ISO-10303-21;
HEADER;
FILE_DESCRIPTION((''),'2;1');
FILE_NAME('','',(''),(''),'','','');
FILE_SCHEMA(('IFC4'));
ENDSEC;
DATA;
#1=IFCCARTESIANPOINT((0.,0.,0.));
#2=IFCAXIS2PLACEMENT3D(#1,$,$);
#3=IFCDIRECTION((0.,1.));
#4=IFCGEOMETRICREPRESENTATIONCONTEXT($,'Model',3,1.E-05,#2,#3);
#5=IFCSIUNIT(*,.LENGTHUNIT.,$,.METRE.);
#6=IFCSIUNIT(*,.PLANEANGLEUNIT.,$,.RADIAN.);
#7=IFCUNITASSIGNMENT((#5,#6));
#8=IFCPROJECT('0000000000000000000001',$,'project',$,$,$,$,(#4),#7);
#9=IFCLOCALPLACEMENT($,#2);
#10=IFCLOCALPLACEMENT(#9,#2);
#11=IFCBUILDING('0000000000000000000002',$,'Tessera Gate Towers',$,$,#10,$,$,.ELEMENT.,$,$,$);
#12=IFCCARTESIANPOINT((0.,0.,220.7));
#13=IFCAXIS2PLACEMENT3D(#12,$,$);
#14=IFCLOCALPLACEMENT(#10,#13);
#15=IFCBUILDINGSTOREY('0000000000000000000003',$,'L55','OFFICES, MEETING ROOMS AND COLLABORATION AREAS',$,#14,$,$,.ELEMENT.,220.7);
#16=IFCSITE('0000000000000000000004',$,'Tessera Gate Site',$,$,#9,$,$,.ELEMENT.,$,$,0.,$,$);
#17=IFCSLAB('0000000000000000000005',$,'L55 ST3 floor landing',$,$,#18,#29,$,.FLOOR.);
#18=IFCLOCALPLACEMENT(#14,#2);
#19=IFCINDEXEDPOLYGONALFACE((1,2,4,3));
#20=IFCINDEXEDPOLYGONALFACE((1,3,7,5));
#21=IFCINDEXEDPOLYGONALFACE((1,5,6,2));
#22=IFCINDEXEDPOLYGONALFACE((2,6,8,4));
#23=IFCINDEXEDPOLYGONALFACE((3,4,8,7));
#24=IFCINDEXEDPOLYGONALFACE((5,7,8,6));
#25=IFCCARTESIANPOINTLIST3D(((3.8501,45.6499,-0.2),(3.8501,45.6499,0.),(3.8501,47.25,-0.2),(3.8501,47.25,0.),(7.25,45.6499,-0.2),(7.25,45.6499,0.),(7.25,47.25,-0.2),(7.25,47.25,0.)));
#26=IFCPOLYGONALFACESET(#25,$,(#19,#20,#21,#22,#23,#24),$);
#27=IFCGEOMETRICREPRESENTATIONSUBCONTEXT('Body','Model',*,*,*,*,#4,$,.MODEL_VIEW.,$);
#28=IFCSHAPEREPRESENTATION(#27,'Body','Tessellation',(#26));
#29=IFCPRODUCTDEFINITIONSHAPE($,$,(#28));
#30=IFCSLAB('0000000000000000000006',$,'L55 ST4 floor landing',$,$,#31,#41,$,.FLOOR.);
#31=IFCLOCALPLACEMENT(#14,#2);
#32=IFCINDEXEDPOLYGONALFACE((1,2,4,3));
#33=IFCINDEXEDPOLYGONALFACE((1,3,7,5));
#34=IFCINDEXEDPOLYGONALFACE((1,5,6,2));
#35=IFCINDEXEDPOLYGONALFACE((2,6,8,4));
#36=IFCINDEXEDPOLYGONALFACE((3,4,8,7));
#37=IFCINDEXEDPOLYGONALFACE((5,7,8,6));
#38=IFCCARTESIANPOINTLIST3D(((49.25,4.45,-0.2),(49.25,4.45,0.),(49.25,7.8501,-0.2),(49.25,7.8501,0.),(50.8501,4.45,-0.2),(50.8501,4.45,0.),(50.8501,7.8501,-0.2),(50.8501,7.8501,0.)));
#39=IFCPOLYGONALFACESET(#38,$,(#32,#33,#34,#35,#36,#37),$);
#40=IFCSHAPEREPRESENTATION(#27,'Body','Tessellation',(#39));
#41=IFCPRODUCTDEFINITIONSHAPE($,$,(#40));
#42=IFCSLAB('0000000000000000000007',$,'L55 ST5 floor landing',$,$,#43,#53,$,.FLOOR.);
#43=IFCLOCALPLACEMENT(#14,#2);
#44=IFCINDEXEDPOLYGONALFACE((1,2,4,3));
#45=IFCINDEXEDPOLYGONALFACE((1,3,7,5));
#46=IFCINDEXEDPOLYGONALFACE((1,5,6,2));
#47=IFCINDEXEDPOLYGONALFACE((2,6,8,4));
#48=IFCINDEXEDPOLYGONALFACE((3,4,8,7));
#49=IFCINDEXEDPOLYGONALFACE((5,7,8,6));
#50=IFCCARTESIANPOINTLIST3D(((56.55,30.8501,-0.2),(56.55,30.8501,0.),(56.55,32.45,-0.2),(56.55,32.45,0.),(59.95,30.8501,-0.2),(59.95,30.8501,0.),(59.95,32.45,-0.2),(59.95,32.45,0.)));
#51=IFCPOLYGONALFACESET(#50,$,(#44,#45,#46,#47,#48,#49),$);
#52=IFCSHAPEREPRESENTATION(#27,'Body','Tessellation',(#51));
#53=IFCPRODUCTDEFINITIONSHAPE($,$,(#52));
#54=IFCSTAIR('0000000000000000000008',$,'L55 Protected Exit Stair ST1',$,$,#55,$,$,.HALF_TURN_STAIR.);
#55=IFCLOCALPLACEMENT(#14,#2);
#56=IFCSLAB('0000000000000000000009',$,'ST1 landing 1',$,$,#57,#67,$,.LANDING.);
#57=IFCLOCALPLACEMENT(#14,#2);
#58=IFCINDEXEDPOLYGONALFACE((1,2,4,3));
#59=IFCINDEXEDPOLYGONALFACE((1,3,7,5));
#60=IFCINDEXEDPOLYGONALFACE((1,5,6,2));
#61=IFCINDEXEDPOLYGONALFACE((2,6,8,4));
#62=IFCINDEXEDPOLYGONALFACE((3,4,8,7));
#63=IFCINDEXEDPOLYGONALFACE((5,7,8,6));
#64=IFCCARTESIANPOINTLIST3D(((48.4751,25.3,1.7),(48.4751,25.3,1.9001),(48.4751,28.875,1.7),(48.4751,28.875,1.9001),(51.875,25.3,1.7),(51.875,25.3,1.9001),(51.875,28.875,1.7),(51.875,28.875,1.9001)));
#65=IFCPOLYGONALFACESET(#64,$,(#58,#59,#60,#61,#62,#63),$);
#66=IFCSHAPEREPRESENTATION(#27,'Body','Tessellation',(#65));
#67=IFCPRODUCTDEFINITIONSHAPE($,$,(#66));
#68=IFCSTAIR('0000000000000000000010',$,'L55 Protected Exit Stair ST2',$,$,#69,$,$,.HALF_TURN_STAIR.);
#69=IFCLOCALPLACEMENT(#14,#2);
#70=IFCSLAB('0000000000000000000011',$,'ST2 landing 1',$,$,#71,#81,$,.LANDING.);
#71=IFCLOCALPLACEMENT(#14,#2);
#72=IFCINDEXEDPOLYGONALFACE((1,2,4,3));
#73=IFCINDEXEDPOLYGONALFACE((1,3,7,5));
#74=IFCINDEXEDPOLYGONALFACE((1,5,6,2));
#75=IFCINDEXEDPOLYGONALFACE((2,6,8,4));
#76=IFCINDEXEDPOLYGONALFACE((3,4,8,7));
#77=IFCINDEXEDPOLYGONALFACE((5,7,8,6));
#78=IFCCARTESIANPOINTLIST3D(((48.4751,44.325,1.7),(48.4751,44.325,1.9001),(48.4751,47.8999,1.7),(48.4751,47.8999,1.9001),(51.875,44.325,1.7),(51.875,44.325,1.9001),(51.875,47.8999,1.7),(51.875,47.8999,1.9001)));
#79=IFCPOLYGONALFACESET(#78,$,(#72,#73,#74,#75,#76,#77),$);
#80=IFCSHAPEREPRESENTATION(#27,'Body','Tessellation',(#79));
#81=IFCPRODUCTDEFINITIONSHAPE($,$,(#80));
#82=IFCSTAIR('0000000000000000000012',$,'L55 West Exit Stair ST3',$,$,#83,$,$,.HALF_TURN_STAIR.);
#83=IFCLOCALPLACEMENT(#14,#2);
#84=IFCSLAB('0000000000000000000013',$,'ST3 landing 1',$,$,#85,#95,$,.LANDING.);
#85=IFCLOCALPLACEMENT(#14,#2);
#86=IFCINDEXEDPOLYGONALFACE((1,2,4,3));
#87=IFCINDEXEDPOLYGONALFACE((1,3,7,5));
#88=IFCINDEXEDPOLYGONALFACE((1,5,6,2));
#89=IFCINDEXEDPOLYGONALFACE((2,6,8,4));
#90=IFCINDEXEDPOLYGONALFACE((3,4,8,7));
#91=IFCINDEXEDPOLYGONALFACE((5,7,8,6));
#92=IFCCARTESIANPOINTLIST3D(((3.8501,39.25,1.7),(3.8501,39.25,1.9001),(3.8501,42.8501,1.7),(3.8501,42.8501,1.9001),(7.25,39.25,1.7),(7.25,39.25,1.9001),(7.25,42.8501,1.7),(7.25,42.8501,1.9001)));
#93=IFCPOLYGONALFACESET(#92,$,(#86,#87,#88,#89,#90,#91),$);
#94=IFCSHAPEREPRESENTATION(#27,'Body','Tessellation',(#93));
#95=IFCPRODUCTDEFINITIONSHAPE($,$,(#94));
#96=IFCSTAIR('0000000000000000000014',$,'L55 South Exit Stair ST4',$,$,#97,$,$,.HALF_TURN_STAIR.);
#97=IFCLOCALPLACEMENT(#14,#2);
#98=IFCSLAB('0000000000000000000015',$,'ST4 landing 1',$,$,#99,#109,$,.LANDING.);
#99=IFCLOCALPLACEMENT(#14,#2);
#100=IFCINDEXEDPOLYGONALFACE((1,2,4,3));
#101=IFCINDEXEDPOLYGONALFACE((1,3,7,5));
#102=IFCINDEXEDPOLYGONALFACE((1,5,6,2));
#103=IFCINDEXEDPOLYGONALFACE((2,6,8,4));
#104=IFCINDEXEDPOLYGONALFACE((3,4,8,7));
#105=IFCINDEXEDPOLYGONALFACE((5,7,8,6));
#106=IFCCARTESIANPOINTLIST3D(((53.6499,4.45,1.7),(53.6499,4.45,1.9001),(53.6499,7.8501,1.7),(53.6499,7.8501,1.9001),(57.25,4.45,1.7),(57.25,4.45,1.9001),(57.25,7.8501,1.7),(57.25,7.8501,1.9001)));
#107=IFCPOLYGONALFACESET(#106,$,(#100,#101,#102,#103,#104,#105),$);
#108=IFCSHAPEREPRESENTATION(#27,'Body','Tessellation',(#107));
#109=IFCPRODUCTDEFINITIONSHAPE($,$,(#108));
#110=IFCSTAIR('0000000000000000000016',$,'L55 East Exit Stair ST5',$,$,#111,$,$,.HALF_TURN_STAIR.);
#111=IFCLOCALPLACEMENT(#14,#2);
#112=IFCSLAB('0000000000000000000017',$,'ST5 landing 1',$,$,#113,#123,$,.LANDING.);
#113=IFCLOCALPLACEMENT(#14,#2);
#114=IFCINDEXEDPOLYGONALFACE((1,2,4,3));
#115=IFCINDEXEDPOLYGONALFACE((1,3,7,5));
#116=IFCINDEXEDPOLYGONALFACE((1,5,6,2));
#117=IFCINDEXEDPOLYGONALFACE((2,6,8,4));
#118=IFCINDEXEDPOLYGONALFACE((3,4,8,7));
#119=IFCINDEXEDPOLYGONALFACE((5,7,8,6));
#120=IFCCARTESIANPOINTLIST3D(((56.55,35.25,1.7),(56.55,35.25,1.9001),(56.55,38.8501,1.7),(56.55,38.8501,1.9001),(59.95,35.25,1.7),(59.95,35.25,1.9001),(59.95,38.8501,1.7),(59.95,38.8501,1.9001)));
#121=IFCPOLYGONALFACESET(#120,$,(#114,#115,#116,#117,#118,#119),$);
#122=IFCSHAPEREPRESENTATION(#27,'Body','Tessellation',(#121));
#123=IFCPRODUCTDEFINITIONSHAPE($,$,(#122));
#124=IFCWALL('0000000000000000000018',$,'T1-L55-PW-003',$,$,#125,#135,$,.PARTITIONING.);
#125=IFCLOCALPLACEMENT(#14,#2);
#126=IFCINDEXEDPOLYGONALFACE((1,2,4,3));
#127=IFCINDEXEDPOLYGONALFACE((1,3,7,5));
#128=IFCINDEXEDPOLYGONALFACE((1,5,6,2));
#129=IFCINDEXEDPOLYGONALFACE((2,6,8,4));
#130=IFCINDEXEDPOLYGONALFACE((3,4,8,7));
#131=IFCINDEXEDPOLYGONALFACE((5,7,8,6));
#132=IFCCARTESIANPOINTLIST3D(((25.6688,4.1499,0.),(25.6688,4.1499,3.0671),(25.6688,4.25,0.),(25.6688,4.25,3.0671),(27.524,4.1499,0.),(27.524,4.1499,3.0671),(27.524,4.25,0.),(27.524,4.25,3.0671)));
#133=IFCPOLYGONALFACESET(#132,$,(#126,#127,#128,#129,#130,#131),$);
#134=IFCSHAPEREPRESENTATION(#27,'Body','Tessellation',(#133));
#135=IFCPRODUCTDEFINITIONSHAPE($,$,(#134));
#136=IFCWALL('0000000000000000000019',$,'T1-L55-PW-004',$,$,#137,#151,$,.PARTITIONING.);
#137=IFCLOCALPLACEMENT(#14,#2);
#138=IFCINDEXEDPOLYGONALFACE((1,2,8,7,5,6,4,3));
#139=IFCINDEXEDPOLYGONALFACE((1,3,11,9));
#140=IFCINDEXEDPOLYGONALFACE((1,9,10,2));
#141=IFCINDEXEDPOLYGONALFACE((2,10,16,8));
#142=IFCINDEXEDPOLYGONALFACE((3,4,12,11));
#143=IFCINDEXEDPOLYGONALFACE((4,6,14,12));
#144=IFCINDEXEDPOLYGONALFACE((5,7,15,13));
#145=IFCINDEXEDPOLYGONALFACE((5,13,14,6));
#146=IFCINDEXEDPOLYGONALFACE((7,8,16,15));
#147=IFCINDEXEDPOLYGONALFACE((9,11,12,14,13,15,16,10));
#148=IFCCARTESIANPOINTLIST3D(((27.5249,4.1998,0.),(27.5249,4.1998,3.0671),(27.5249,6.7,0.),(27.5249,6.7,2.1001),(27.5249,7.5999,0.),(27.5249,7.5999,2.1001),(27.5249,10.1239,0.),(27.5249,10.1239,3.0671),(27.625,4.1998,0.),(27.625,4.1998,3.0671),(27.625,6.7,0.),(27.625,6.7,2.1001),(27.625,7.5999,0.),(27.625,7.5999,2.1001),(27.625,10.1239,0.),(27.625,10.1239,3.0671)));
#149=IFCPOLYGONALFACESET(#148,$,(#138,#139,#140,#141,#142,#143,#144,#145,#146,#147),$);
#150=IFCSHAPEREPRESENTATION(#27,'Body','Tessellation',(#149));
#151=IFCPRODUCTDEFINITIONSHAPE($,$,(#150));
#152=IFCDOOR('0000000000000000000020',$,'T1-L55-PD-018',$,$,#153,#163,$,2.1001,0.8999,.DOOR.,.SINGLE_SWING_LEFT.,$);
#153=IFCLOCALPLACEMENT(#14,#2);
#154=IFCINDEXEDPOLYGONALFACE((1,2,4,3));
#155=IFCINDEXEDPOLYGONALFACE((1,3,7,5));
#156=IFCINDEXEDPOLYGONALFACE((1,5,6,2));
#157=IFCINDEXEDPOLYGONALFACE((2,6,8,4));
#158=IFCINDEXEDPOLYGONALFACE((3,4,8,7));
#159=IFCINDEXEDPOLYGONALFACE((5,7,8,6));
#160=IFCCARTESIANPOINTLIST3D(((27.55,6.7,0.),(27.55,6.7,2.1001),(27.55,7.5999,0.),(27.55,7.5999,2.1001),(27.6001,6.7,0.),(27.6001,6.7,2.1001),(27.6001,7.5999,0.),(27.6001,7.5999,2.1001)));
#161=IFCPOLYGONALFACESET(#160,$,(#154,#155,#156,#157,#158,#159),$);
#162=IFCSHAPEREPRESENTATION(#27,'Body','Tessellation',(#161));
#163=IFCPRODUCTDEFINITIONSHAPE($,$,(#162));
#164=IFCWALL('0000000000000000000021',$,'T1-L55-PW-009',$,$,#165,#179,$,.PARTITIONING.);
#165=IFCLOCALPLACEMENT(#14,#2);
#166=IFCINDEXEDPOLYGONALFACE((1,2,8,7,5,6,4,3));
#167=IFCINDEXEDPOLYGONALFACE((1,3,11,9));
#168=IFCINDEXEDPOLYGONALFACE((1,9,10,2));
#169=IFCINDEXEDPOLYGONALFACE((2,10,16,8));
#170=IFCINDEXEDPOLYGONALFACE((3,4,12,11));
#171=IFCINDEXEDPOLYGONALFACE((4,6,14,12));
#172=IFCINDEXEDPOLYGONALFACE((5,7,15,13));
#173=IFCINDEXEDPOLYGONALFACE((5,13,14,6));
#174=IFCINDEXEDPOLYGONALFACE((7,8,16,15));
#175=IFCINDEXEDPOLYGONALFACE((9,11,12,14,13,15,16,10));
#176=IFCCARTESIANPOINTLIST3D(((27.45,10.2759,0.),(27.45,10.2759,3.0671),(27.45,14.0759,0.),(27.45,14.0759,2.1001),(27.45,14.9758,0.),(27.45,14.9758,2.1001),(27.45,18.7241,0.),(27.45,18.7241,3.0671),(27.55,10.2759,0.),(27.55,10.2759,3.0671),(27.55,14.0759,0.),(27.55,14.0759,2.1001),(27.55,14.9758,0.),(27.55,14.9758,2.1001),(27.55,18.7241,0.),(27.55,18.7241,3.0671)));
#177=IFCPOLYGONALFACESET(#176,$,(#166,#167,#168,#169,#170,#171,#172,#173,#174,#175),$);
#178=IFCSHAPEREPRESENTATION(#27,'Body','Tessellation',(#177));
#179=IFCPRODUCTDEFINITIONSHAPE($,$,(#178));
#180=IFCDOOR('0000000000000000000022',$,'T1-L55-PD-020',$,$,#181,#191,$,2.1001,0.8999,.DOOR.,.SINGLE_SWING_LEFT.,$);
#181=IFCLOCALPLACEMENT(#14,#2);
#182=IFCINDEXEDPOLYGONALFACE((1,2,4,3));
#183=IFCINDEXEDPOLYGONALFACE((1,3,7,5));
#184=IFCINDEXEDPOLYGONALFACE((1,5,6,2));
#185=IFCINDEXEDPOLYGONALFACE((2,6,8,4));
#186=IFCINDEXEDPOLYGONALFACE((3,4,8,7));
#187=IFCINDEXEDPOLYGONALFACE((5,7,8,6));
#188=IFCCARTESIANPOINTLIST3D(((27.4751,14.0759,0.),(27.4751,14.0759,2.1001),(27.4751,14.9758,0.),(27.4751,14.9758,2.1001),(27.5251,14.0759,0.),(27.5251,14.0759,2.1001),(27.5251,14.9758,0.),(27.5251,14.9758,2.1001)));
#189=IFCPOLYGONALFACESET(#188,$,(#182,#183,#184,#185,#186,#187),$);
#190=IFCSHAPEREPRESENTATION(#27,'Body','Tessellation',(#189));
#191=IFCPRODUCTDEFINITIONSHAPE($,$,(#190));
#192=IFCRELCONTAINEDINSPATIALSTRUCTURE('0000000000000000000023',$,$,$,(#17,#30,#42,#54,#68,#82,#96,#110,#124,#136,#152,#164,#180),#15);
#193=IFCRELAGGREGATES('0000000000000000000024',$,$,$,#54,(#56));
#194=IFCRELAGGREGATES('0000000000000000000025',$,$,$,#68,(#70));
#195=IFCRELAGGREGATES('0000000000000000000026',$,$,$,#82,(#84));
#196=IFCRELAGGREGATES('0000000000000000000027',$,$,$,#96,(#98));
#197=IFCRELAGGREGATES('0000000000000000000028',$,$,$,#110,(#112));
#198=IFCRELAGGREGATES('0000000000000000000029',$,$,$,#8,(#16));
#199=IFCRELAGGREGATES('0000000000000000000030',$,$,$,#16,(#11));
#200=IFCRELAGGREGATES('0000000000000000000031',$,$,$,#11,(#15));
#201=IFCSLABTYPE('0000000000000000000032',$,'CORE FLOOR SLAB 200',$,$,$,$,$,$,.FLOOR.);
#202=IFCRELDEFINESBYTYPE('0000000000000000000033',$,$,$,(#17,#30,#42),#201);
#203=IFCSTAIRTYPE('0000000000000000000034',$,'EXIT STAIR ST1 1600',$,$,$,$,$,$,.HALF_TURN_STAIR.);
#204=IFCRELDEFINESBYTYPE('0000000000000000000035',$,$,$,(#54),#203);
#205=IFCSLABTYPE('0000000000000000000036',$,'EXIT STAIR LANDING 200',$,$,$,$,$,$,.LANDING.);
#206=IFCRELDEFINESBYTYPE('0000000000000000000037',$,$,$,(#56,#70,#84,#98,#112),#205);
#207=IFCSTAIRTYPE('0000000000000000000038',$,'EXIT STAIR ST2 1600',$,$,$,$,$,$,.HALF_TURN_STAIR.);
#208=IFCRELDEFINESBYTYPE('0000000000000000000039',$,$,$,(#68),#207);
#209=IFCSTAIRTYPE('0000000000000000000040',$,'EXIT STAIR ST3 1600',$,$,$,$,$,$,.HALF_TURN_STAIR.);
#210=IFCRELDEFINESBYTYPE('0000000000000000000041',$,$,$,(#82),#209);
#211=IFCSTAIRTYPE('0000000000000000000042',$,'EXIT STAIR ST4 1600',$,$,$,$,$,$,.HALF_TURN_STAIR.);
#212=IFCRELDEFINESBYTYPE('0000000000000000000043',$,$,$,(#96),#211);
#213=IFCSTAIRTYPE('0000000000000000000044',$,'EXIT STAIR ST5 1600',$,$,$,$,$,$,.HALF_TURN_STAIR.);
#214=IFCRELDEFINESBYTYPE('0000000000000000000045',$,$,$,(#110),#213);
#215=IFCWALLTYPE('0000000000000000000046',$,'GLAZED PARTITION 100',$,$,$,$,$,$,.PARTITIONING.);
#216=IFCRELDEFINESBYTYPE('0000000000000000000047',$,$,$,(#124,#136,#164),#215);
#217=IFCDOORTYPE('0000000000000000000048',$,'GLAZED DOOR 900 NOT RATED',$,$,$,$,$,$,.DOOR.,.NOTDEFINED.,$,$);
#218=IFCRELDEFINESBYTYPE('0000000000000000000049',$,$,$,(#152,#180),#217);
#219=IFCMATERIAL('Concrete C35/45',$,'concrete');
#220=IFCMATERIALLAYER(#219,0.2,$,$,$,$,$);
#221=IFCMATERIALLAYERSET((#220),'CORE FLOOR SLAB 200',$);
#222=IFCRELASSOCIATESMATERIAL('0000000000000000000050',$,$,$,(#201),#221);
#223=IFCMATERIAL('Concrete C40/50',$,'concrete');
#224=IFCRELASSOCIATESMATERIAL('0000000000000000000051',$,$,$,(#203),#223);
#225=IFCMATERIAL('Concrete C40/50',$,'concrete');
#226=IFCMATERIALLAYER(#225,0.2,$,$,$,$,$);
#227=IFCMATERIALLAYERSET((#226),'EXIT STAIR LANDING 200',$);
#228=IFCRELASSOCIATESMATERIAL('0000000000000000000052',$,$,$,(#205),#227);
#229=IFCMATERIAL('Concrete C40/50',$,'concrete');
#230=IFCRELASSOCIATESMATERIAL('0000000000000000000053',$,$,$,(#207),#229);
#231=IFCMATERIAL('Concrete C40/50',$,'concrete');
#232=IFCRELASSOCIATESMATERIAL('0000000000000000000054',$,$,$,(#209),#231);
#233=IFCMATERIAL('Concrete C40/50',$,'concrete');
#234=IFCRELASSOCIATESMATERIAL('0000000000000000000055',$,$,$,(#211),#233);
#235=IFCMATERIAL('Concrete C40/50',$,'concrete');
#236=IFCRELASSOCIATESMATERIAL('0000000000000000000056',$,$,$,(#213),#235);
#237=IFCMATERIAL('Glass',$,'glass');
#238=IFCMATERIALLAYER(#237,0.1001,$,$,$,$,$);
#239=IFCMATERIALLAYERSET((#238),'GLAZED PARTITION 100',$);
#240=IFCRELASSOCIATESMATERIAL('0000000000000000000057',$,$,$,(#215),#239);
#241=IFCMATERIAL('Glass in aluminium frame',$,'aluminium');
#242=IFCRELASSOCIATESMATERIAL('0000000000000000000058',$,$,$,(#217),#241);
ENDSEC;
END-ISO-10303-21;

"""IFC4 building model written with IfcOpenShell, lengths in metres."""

from ifc_helpers import new_model, si_unit, direction, frame, frame_2d, origin, place, context, subcontext, project, spatial, polyline, rectangle, outline, extrude, source, transform, mapped, material, layer, layer_set, type_object, element, fill, aggregate, save


model = new_model("IFC4")

# Units and contexts
model_context = context("Model", 3, precision=1e-05, world=origin(), true_north=direction((0.0, 1.0)))
body_context = subcontext(model_context, "Body", "Model", "MODEL_VIEW")
ifc_project = project(units=[si_unit("LENGTHUNIT", "METRE"), si_unit("PLANEANGLEUNIT", "RADIAN")], contexts=[model_context])

# Site, building, storey
site_placement = place(None, origin())
site = spatial("IfcSite", under=ifc_project, at=site_placement, Name="Tessera Gate Site", CompositionType="ELEMENT", RefElevation=0.0)
building_placement = place(site_placement, origin())
building = spatial("IfcBuilding", under=site, at=building_placement, Name="Tessera Gate Towers", CompositionType="ELEMENT")
storey_placement = place(building_placement, frame((0.0, 0.0, 220.7)))
storey = spatial("IfcBuildingStorey", under=building, at=storey_placement, Name="L55", Description="OFFICES, MEETING ROOMS AND COLLABORATION AREAS", CompositionType="ELEMENT", Elevation=220.7)

# Slabs
ifc_material_1 = material(Name="Concrete C35/45", Category="concrete")
ifc_layer_1 = layer(ifc_material_1, 0.2)
ifc_layer_set_1 = layer_set([ifc_layer_1], Name="CORE FLOOR SLAB 200")
slab_type_1 = type_object("IfcSlabType", Name="CORE FLOOR SLAB 200", PredefinedType="FLOOR", material=ifc_layer_set_1)
slab_1_placement = place(storey_placement, frame((0.0, 0.0, -0.2)))
element("IfcSlab", 1, at=slab_1_placement, inside=storey, type_object=slab_type_1, Name="L55 ST3 floor landing", PredefinedType="FLOOR", context=body_context, shape_type="SweptSolid", body=[
    extrude(outline(polyline([(3.8501, 47.25), (3.8501, 45.6499), (7.25, 45.6499), (7.25, 47.25), (3.8501, 47.25)])), origin(), (0.0, 0.0, 1.0), 0.2),
])
slab_2_placement = place(storey_placement, frame((0.0, 0.0, -0.2)))
element("IfcSlab", 2, at=slab_2_placement, inside=storey, type_object=slab_type_1, Name="L55 ST4 floor landing", PredefinedType="FLOOR", context=body_context, shape_type="SweptSolid", body=[
    extrude(outline(polyline([(49.25, 4.45), (50.8501, 4.45), (50.8501, 7.8501), (49.25, 7.8501), (49.25, 4.45)])), origin(), (0.0, 0.0, 1.0), 0.2),
])
slab_3_placement = place(storey_placement, frame((0.0, 0.0, -0.2)))
element("IfcSlab", 3, at=slab_3_placement, inside=storey, type_object=slab_type_1, Name="L55 ST5 floor landing", PredefinedType="FLOOR", context=body_context, shape_type="SweptSolid", body=[
    extrude(outline(polyline([(59.95, 30.8501), (59.95, 32.45), (56.55, 32.45), (56.55, 30.8501), (59.95, 30.8501)])), origin(), (0.0, 0.0, 1.0), 0.2),
])

# Stairs, slabs
ifc_material_2 = material(Name="Concrete C40/50", Category="concrete")
stair_type_1 = type_object("IfcStairType", Name="EXIT STAIR ST1 1600", PredefinedType="HALF_TURN_STAIR", material=ifc_material_2)
stair_1_placement = place(storey_placement, origin())
stair_1 = element("IfcStair", 4, at=stair_1_placement, inside=storey, type_object=stair_type_1, Name="L55 Protected Exit Stair ST1", PredefinedType="HALF_TURN_STAIR")
ifc_material_3 = material(Name="Concrete C40/50", Category="concrete")
ifc_layer_2 = layer(ifc_material_3, 0.2)
ifc_layer_set_2 = layer_set([ifc_layer_2], Name="EXIT STAIR LANDING 200")
slab_type_2 = type_object("IfcSlabType", Name="EXIT STAIR LANDING 200", PredefinedType="LANDING", material=ifc_layer_set_2)
slab_4_placement = place(storey_placement, frame((0.0, 0.0, 1.7)))
slab_4 = element("IfcSlab", 5, at=slab_4_placement, type_object=slab_type_2, Name="ST1 landing 1", PredefinedType="LANDING", context=body_context, shape_type="SweptSolid", body=[
    extrude(outline(polyline([(48.4751, 28.875), (48.4751, 25.3), (51.875, 25.3), (51.875, 28.875), (48.4751, 28.875)])), origin(), (0.0, 0.0, 1.0), 0.2002),
])
aggregate(stair_1, [slab_4])
ifc_material_4 = material(Name="Concrete C40/50", Category="concrete")
stair_type_2 = type_object("IfcStairType", Name="EXIT STAIR ST2 1600", PredefinedType="HALF_TURN_STAIR", material=ifc_material_4)
stair_2_placement = place(storey_placement, origin())
stair_2 = element("IfcStair", 6, at=stair_2_placement, inside=storey, type_object=stair_type_2, Name="L55 Protected Exit Stair ST2", PredefinedType="HALF_TURN_STAIR")
slab_5_placement = place(storey_placement, frame((0.0, 0.0, 1.7)))
slab_5 = element("IfcSlab", 7, at=slab_5_placement, type_object=slab_type_2, Name="ST2 landing 1", PredefinedType="LANDING", context=body_context, shape_type="SweptSolid", body=[
    extrude(outline(polyline([(51.875, 44.325), (51.875, 47.8999), (48.4751, 47.8999), (48.4751, 44.325), (51.875, 44.325)])), origin(), (0.0, 0.0, 1.0), 0.2002),
])
aggregate(stair_2, [slab_5])
ifc_material_5 = material(Name="Concrete C40/50", Category="concrete")
stair_type_3 = type_object("IfcStairType", Name="EXIT STAIR ST3 1600", PredefinedType="HALF_TURN_STAIR", material=ifc_material_5)
stair_3_placement = place(storey_placement, origin())
stair_3 = element("IfcStair", 8, at=stair_3_placement, inside=storey, type_object=stair_type_3, Name="L55 West Exit Stair ST3", PredefinedType="HALF_TURN_STAIR")
slab_6_placement = place(storey_placement, frame((0.0, 0.0, 1.7)))
slab_6 = element("IfcSlab", 9, at=slab_6_placement, type_object=slab_type_2, Name="ST3 landing 1", PredefinedType="LANDING", context=body_context, shape_type="SweptSolid", body=[
    extrude(outline(polyline([(3.8501, 42.8501), (3.8501, 39.25), (7.25, 39.25), (7.25, 42.8501), (3.8501, 42.8501)])), origin(), (0.0, 0.0, 1.0), 0.2002),
])
aggregate(stair_3, [slab_6])
ifc_material_6 = material(Name="Concrete C40/50", Category="concrete")
stair_type_4 = type_object("IfcStairType", Name="EXIT STAIR ST4 1600", PredefinedType="HALF_TURN_STAIR", material=ifc_material_6)
stair_4_placement = place(storey_placement, origin())
stair_4 = element("IfcStair", 10, at=stair_4_placement, inside=storey, type_object=stair_type_4, Name="L55 South Exit Stair ST4", PredefinedType="HALF_TURN_STAIR")
slab_7_placement = place(storey_placement, frame((0.0, 0.0, 1.7)))
slab_7 = element("IfcSlab", 11, at=slab_7_placement, type_object=slab_type_2, Name="ST4 landing 1", PredefinedType="LANDING", context=body_context, shape_type="SweptSolid", body=[
    extrude(outline(polyline([(53.6499, 4.45), (57.25, 4.45), (57.25, 7.8501), (53.6499, 7.8501), (53.6499, 4.45)])), origin(), (0.0, 0.0, 1.0), 0.2002),
])
aggregate(stair_4, [slab_7])
ifc_material_7 = material(Name="Concrete C40/50", Category="concrete")
stair_type_5 = type_object("IfcStairType", Name="EXIT STAIR ST5 1600", PredefinedType="HALF_TURN_STAIR", material=ifc_material_7)
stair_5_placement = place(storey_placement, origin())
stair_5 = element("IfcStair", 12, at=stair_5_placement, inside=storey, type_object=stair_type_5, Name="L55 East Exit Stair ST5", PredefinedType="HALF_TURN_STAIR")
slab_8_placement = place(storey_placement, frame((0.0, 0.0, 1.7)))
slab_8 = element("IfcSlab", 13, at=slab_8_placement, type_object=slab_type_2, Name="ST5 landing 1", PredefinedType="LANDING", context=body_context, shape_type="SweptSolid", body=[
    extrude(outline(polyline([(59.95, 35.25), (59.95, 38.8501), (56.55, 38.8501), (56.55, 35.25), (59.95, 35.25)])), origin(), (0.0, 0.0, 1.0), 0.2002),
])
aggregate(stair_5, [slab_8])

# Wall
ifc_material_8 = material(Name="Glass", Category="glass")
ifc_layer_3 = layer(ifc_material_8, 0.1001)
ifc_layer_set_3 = layer_set([ifc_layer_3], Name="GLAZED PARTITION 100")
wall_type_1 = type_object("IfcWallType", Name="GLAZED PARTITION 100", PredefinedType="PARTITIONING", material=ifc_layer_set_3)
wall_1_placement = place(storey_placement, frame((25.6687, 4.2, 0.0), z_axis=(0.0, 0.0, 1.0), x_axis=(1.0, 0.0, 0.0)))
element("IfcWall", 14, at=wall_1_placement, inside=storey, type_object=wall_type_1, Name="T1-L55-PW-003", PredefinedType="PARTITIONING", context=body_context, shape_type="SweptSolid", body=[
    extrude(rectangle(XDim=1.8552, YDim=0.1001, at=frame_2d((0.9277, 0.0))), origin(), (0.0, 0.0, 1.0), 3.0671),
])

# Walls, openings, doors
wall_2_placement = place(storey_placement, frame((27.575, 4.2, 0.0), z_axis=(0.0, 0.0, 1.0), x_axis=(0.0, 1.0, 0.0)))
wall_2 = element("IfcWall", 15, at=wall_2_placement, inside=storey, type_object=wall_type_1, Name="T1-L55-PW-004", PredefinedType="PARTITIONING", context=body_context, shape_type="SweptSolid", body=[
    extrude(rectangle(XDim=5.9241, YDim=0.1001, at=frame_2d((2.9619, 0.0))), origin(), (0.0, 0.0, 1.0), 3.0671),
])
shared_shape_1 = source(origin(), body_context, "Body", "SweptSolid", [
    extrude(rectangle(XDim=0.8999, YDim=2.1001, at=frame_2d((0.45, 1.05))), frame((0.0, 0.0601, 0.0), z_axis=(0.0, -1.0, 0.0), x_axis=(1.0, 0.0, 0.0)), (0.0, 0.0, 1.0), 0.1201),
])
opening_1_placement = place(wall_2_placement, frame((2.5, 0.0, 0.0)))
opening_1 = element("IfcOpeningElement", 16, at=opening_1_placement, cuts=wall_2, PredefinedType="OPENING", context=body_context, shape_type="MappedRepresentation", body=[
    mapped(shared_shape_1, transform((0.0, 0.0, 0.0), scale=1.0)),
])
ifc_material_9 = material(Name="Glass in aluminium frame", Category="aluminium")
door_type = type_object("IfcDoorType", Name="GLAZED DOOR 900 NOT RATED", OperationType="NOTDEFINED", PredefinedType="DOOR", material=ifc_material_9)
shared_shape_2 = source(origin(), body_context, "Body", "SweptSolid", [
    extrude(rectangle(XDim=0.8999, YDim=2.1001, at=frame_2d((0.45, 1.05))), frame((0.0, 0.0249, 0.0), z_axis=(0.0, -1.0, 0.0), x_axis=(1.0, 0.0, 0.0)), (0.0, 0.0, 1.0), 0.05),
])
door_1_placement = place(opening_1_placement, origin())
door_1 = element("IfcDoor", 17, at=door_1_placement, inside=storey, type_object=door_type, Name="T1-L55-PD-018", OperationType="SINGLE_SWING_LEFT", OverallHeight=2.1001, OverallWidth=0.8999, PredefinedType="DOOR", context=body_context, shape_type="MappedRepresentation", body=[
    mapped(shared_shape_2, transform((0.0, 0.0, 0.0), scale=1.0)),
])
fill(opening_1, door_1)
wall_3_placement = place(storey_placement, frame((27.5, 10.2759, 0.0), z_axis=(0.0, 0.0, 1.0), x_axis=(0.0, 1.0, 0.0)))
wall_3 = element("IfcWall", 18, at=wall_3_placement, inside=storey, type_object=wall_type_1, Name="T1-L55-PW-009", PredefinedType="PARTITIONING", context=body_context, shape_type="SweptSolid", body=[
    extrude(rectangle(XDim=8.4482, YDim=0.1001, at=frame_2d((4.2241, 0.0))), origin(), (0.0, 0.0, 1.0), 3.0671),
])
opening_2_placement = place(wall_3_placement, frame((3.8, 0.0, 0.0)))
opening_2 = element("IfcOpeningElement", 19, at=opening_2_placement, cuts=wall_3, PredefinedType="OPENING", context=body_context, shape_type="MappedRepresentation", body=[
    mapped(shared_shape_1, transform((0.0, 0.0, 0.0), scale=1.0)),
])
door_2_placement = place(opening_2_placement, origin())
door_2 = element("IfcDoor", 20, at=door_2_placement, inside=storey, type_object=door_type, Name="T1-L55-PD-020", OperationType="SINGLE_SWING_LEFT", OverallHeight=2.1001, OverallWidth=0.8999, PredefinedType="DOOR", context=body_context, shape_type="MappedRepresentation", body=[
    mapped(shared_shape_2, transform((0.0, 0.0, 0.0), scale=1.0)),
])
fill(opening_2, door_2)

save(model, "model.ifc")
